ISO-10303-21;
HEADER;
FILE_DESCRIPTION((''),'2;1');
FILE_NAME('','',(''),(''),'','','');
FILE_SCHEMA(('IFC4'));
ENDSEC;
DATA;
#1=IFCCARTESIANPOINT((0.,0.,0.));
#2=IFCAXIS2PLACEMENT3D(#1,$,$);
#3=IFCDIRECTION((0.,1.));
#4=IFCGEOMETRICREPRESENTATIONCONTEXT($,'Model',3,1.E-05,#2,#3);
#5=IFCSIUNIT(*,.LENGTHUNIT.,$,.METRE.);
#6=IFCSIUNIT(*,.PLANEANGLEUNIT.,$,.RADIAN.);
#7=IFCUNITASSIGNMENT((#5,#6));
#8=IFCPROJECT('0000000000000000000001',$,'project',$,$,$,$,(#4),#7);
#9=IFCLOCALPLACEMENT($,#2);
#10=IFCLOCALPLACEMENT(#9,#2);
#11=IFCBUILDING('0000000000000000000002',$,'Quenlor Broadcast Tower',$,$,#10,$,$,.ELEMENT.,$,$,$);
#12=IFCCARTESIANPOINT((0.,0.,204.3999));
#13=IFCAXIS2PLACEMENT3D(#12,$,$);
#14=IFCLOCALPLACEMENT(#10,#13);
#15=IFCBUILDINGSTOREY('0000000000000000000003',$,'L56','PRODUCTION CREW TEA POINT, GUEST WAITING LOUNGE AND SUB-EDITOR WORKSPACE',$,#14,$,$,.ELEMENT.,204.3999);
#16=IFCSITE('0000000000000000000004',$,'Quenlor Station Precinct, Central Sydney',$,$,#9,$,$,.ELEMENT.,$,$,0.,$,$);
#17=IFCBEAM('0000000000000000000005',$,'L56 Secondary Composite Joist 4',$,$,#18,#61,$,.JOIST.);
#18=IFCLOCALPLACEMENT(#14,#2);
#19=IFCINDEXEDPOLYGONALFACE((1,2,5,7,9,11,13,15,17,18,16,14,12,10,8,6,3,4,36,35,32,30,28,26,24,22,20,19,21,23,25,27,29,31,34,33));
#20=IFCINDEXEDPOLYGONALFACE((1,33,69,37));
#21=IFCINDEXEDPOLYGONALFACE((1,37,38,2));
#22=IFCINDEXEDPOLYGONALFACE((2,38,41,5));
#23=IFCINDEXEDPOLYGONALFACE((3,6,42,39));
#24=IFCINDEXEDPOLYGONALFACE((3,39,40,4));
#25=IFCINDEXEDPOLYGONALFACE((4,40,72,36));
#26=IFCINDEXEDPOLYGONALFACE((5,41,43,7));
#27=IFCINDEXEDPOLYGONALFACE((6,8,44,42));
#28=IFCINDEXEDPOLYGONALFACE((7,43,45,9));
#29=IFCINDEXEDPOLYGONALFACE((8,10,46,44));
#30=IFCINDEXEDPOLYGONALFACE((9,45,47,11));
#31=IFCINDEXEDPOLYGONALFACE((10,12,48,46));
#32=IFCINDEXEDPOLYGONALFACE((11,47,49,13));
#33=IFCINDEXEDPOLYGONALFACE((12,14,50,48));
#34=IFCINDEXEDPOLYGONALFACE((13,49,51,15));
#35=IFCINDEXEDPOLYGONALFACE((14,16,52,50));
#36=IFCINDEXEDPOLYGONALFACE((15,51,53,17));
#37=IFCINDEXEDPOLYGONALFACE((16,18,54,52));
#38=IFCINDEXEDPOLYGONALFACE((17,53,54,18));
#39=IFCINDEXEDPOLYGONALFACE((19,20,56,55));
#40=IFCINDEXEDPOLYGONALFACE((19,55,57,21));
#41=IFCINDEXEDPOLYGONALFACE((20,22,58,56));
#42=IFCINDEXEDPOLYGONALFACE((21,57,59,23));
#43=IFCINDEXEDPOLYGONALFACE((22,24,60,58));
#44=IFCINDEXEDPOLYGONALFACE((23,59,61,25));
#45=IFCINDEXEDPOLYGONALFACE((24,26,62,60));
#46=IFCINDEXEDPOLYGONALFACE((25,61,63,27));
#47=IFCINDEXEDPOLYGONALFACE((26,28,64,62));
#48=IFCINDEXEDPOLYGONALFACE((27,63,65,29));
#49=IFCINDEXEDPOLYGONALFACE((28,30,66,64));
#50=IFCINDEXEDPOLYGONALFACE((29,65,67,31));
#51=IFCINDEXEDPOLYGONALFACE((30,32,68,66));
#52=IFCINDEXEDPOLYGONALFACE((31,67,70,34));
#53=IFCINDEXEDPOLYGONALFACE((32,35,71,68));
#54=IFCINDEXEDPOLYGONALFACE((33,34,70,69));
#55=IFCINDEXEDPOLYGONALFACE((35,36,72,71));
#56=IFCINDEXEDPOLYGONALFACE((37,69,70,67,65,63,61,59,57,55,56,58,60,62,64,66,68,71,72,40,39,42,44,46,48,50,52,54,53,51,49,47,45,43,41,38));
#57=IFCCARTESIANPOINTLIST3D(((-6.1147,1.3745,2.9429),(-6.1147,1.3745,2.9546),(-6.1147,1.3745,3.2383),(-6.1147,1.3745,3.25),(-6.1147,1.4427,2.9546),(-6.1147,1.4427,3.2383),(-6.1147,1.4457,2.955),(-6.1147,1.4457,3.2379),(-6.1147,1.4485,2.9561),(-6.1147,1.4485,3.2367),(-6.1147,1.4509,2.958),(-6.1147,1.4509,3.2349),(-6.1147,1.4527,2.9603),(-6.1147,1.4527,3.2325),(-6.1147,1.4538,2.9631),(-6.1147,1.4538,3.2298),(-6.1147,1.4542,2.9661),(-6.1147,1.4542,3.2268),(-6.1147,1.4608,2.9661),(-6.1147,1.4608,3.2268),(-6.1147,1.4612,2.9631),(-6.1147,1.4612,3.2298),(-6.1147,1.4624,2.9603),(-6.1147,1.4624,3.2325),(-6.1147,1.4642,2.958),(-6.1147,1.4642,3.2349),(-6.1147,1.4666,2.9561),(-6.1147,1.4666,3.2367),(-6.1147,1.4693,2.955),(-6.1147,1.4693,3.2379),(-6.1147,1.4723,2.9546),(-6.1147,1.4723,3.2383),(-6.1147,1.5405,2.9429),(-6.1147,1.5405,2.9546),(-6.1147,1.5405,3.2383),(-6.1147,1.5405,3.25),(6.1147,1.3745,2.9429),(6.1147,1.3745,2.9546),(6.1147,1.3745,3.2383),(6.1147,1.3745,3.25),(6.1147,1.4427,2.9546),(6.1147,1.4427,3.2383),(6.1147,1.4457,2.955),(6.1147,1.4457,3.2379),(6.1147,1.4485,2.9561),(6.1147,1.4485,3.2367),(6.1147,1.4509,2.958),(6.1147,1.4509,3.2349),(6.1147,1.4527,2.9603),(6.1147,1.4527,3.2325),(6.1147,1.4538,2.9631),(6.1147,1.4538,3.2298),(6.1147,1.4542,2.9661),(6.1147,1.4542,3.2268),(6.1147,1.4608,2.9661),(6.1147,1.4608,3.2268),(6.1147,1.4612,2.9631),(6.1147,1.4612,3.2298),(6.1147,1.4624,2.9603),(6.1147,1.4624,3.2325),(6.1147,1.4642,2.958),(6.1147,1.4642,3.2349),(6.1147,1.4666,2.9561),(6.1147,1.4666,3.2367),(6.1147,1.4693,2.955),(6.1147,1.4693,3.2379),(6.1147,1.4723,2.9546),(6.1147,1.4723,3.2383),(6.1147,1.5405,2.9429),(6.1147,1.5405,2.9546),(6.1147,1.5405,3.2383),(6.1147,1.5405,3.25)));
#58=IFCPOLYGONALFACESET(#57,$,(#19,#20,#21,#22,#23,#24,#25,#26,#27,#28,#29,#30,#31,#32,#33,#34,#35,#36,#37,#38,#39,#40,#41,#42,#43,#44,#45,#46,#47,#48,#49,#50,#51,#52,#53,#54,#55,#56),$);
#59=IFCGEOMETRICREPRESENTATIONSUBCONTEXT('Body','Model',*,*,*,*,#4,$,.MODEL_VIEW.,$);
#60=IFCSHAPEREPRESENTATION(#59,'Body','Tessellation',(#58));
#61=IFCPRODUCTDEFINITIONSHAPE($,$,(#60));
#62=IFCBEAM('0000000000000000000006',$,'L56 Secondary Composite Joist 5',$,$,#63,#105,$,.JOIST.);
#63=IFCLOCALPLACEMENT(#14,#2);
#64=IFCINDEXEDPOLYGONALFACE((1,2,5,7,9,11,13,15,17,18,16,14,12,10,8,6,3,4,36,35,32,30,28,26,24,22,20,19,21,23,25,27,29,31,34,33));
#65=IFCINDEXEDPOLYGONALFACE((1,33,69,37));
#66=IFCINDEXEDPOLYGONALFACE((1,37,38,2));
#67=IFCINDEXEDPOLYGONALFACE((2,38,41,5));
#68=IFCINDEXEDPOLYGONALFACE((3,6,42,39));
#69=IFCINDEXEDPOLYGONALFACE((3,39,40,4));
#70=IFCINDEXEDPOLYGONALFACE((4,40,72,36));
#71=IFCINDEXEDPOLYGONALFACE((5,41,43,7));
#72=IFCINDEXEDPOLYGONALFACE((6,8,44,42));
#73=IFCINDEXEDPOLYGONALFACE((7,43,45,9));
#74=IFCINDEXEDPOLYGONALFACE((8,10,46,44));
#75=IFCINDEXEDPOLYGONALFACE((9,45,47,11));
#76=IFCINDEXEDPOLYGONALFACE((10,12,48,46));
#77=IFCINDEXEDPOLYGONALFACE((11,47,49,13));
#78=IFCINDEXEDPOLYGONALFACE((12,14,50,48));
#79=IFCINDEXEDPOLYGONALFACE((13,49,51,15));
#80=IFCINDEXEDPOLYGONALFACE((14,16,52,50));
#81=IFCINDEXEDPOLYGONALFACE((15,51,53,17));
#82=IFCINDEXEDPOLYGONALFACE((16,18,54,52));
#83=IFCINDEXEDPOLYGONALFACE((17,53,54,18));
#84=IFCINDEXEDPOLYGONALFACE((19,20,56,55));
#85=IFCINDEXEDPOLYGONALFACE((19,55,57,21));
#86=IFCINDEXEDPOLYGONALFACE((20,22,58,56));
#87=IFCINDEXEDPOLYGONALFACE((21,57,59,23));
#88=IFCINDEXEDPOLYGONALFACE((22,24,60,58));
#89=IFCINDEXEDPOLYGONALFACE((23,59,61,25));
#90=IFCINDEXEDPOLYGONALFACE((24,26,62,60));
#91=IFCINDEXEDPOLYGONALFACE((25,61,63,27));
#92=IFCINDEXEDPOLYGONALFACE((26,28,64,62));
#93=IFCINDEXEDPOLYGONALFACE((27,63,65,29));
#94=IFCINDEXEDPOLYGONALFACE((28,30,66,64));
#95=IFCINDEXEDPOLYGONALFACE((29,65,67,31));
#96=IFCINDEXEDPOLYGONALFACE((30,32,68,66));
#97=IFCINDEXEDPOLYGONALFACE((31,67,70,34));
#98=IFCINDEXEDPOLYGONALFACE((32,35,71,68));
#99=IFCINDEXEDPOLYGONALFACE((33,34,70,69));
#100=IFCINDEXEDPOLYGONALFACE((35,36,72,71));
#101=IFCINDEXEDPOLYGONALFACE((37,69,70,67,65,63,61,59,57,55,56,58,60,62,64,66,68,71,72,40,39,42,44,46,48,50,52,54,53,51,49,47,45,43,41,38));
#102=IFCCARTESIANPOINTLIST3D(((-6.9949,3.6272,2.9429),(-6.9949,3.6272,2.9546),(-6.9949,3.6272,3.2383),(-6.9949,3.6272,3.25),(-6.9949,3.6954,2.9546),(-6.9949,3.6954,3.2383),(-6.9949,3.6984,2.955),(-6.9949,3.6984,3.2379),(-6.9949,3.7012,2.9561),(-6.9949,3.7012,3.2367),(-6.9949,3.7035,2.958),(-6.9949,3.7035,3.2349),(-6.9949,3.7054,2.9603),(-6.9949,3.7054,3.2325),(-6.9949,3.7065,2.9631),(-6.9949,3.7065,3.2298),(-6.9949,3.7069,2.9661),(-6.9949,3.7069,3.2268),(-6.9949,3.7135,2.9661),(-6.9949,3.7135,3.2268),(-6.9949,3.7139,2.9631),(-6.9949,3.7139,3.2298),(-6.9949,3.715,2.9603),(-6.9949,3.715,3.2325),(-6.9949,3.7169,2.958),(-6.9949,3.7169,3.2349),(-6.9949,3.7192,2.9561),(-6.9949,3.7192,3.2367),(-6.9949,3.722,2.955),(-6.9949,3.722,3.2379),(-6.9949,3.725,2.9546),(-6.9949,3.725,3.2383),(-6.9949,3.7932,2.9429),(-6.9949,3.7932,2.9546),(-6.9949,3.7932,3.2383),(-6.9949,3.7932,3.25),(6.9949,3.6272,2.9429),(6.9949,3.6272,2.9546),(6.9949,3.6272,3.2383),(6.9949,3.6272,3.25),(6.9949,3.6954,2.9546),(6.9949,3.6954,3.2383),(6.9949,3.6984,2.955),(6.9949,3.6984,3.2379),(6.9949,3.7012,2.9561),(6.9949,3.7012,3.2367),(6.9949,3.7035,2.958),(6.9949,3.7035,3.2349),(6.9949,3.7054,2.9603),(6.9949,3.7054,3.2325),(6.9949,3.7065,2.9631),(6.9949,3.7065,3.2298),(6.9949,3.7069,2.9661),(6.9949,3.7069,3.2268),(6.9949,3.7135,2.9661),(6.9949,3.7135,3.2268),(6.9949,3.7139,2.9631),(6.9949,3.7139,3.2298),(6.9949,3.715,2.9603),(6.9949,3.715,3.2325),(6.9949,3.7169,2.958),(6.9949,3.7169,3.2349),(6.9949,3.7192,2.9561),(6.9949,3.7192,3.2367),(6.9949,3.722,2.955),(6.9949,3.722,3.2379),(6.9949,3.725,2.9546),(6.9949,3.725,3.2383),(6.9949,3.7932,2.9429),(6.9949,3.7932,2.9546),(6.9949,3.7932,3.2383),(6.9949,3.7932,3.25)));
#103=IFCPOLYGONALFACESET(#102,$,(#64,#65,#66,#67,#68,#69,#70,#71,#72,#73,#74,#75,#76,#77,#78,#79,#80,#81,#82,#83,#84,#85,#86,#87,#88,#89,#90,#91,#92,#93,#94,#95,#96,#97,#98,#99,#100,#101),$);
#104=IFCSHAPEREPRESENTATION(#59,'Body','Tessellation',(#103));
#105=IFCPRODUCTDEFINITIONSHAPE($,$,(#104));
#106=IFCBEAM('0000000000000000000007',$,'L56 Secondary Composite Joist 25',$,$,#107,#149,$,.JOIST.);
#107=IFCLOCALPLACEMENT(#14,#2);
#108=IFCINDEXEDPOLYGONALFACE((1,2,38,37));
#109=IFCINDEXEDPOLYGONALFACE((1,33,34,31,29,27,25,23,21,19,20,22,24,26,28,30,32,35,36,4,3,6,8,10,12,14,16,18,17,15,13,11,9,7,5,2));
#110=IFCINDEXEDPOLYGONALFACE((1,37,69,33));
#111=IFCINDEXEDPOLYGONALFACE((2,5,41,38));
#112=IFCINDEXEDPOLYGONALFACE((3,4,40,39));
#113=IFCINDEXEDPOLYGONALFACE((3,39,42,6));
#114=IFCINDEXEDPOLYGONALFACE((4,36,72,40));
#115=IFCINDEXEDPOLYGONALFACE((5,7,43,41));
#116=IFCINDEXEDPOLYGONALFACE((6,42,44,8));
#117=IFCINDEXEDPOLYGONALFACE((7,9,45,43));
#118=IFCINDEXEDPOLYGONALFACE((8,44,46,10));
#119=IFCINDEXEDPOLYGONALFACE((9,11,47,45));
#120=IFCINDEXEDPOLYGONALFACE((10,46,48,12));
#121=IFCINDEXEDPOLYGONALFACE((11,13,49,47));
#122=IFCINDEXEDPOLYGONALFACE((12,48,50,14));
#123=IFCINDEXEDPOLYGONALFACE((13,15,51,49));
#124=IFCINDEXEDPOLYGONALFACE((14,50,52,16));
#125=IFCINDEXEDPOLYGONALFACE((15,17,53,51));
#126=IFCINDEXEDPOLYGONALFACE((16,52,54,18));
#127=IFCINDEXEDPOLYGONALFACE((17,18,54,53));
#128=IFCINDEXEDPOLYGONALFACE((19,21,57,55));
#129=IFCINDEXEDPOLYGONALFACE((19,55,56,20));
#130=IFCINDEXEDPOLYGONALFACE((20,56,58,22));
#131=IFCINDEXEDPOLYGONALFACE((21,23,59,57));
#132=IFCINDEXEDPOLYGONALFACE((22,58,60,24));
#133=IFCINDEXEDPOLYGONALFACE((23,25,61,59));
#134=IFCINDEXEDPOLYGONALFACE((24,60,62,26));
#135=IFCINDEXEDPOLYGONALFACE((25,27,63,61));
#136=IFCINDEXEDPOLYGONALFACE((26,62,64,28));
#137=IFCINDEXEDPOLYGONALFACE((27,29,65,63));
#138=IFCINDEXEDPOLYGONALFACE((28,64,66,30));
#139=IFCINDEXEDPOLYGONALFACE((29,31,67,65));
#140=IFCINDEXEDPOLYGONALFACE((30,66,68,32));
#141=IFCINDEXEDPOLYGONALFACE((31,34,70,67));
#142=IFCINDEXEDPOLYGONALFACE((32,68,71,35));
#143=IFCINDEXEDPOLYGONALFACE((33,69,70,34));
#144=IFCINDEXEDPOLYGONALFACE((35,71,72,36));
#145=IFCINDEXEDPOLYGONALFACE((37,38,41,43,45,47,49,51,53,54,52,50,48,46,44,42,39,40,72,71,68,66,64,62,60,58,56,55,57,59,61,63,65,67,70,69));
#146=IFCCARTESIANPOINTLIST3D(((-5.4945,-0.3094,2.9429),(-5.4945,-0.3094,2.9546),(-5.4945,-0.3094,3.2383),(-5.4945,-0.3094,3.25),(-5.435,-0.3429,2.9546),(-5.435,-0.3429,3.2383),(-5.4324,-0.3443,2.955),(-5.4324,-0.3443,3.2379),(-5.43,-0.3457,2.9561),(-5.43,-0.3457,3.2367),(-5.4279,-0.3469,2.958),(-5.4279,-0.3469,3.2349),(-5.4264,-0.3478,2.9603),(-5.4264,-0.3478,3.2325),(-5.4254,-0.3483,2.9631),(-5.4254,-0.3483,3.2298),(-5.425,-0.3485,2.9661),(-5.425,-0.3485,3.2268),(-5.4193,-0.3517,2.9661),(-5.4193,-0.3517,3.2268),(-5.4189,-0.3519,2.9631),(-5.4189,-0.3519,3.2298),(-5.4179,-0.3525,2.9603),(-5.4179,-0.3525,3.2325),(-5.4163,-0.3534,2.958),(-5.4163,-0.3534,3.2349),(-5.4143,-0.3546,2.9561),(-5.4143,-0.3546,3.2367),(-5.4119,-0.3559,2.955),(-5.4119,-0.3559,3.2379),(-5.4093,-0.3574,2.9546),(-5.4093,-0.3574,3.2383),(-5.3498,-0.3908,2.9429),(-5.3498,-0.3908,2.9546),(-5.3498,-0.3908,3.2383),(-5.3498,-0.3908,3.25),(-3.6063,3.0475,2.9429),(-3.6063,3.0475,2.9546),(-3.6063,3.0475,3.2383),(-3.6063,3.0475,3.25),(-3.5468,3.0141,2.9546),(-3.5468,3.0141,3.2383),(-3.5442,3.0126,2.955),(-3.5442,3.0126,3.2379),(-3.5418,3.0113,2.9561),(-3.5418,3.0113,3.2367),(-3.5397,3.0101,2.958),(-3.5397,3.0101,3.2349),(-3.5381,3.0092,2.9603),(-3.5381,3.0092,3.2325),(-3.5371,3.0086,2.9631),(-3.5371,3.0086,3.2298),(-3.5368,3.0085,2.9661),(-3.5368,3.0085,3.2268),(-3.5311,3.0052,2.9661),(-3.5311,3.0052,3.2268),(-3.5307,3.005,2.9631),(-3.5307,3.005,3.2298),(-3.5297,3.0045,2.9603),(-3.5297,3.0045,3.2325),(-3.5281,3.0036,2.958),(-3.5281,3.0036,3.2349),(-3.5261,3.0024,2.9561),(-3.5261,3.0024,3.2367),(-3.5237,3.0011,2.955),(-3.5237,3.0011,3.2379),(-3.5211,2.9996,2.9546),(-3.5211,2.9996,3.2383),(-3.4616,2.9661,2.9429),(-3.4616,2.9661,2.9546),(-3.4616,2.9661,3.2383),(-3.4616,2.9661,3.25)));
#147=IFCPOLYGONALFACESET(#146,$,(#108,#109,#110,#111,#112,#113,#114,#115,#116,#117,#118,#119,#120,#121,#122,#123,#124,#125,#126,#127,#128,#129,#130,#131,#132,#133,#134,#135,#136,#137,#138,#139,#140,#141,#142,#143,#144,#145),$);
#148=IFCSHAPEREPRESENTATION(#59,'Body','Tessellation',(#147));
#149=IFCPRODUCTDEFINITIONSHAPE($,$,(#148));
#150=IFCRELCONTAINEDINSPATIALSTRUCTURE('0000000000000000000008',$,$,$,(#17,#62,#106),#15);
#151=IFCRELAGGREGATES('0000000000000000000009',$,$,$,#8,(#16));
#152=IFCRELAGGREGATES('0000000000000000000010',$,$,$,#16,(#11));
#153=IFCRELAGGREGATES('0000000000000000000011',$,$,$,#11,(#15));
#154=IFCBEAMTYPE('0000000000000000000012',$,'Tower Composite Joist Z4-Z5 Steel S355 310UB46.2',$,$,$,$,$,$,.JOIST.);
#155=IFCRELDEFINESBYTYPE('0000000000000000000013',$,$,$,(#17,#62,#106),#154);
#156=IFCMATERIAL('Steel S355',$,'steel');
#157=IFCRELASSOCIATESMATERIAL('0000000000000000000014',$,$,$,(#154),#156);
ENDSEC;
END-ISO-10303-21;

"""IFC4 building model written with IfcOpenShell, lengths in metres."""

from ifc_helpers import new_model, si_unit, direction, frame, origin, origin_2d, place, context, subcontext, project, spatial, i_section, extrude, material, material_profile, profile_set, type_object, element, save


model = new_model("IFC4")

# Units and contexts
model_context = context("Model", 3, precision=1e-05, world=origin(), true_north=direction((0.0, 1.0)))
body_context = subcontext(model_context, "Body", "Model", "MODEL_VIEW")
ifc_project = project(units=[si_unit("LENGTHUNIT", "METRE"), si_unit("PLANEANGLEUNIT", "RADIAN")], contexts=[model_context])

# Site, building, storey
site_placement = place(None, origin())
site = spatial("IfcSite", under=ifc_project, at=site_placement, Name="Quenlor Station Precinct, Central Sydney", CompositionType="ELEMENT", RefElevation=0.0)
building_placement = place(site_placement, origin())
building = spatial("IfcBuilding", under=site, at=building_placement, Name="Quenlor Broadcast Tower", CompositionType="ELEMENT")
storey_placement = place(building_placement, frame((0.0, 0.0, 204.3999)))
storey = spatial("IfcBuildingStorey", under=building, at=storey_placement, Name="L56", Description="PRODUCTION CREW TEA POINT, GUEST WAITING LOUNGE AND SUB-EDITOR WORKSPACE", CompositionType="ELEMENT", Elevation=204.3999)

# Beams
ifc_material_1 = material(Name="Steel S355", Category="steel")
ifc_material_profile_1 = material_profile(ifc_material_1, i_section(OverallWidth=0.166, OverallDepth=0.3071, WebThickness=0.0066, FlangeThickness=0.0117, FilletRadius=0.0115, at=origin_2d()))
ifc_profile_set_1 = profile_set([ifc_material_profile_1], Name="Steel S355 310UB46.2")
beam_type = type_object("IfcBeamType", Name="Tower Composite Joist Z4-Z5 Steel S355 310UB46.2", PredefinedType="JOIST", material=ifc_profile_set_1)
beam_1_placement = place(storey_placement, frame((-6.1147, 1.4575, 3.0964), z_axis=(1.0, 0.0, 0.0), x_axis=(0.0, 1.0, 0.0)))
element("IfcBeam", 1, at=beam_1_placement, inside=storey, type_object=beam_type, Name="L56 Secondary Composite Joist 4", PredefinedType="JOIST", context=body_context, shape_type="SweptSolid", body=[
    extrude(i_section(OverallWidth=0.166, OverallDepth=0.3071, WebThickness=0.0066, FlangeThickness=0.0117, FilletRadius=0.0115, at=origin_2d()), origin(), (0.0, 0.0, 1.0), 12.2295),
])
beam_2_placement = place(storey_placement, frame((-6.9949, 3.7102, 3.0964), z_axis=(1.0, 0.0, 0.0), x_axis=(0.0, 1.0, 0.0)))
element("IfcBeam", 2, at=beam_2_placement, inside=storey, type_object=beam_type, Name="L56 Secondary Composite Joist 5", PredefinedType="JOIST", context=body_context, shape_type="SweptSolid", body=[
    extrude(i_section(OverallWidth=0.166, OverallDepth=0.3071, WebThickness=0.0066, FlangeThickness=0.0117, FilletRadius=0.0115, at=origin_2d()), origin(), (0.0, 0.0, 1.0), 13.9897),
])
beam_3_placement = place(storey_placement, frame((-3.5339, 3.0068, 3.0964), z_axis=(-0.490243, -0.871586, 0.0), x_axis=(0.871586, -0.490243, 0.0)))
element("IfcBeam", 3, at=beam_3_placement, inside=storey, type_object=beam_type, Name="L56 Secondary Composite Joist 25", PredefinedType="JOIST", context=body_context, shape_type="SweptSolid", body=[
    extrude(i_section(OverallWidth=0.166, OverallDepth=0.3071, WebThickness=0.0066, FlangeThickness=0.0117, FilletRadius=0.0115, at=origin_2d()), origin(), (0.0, 0.0, 1.0), 3.8516),
])

save(model, "model.ifc")
